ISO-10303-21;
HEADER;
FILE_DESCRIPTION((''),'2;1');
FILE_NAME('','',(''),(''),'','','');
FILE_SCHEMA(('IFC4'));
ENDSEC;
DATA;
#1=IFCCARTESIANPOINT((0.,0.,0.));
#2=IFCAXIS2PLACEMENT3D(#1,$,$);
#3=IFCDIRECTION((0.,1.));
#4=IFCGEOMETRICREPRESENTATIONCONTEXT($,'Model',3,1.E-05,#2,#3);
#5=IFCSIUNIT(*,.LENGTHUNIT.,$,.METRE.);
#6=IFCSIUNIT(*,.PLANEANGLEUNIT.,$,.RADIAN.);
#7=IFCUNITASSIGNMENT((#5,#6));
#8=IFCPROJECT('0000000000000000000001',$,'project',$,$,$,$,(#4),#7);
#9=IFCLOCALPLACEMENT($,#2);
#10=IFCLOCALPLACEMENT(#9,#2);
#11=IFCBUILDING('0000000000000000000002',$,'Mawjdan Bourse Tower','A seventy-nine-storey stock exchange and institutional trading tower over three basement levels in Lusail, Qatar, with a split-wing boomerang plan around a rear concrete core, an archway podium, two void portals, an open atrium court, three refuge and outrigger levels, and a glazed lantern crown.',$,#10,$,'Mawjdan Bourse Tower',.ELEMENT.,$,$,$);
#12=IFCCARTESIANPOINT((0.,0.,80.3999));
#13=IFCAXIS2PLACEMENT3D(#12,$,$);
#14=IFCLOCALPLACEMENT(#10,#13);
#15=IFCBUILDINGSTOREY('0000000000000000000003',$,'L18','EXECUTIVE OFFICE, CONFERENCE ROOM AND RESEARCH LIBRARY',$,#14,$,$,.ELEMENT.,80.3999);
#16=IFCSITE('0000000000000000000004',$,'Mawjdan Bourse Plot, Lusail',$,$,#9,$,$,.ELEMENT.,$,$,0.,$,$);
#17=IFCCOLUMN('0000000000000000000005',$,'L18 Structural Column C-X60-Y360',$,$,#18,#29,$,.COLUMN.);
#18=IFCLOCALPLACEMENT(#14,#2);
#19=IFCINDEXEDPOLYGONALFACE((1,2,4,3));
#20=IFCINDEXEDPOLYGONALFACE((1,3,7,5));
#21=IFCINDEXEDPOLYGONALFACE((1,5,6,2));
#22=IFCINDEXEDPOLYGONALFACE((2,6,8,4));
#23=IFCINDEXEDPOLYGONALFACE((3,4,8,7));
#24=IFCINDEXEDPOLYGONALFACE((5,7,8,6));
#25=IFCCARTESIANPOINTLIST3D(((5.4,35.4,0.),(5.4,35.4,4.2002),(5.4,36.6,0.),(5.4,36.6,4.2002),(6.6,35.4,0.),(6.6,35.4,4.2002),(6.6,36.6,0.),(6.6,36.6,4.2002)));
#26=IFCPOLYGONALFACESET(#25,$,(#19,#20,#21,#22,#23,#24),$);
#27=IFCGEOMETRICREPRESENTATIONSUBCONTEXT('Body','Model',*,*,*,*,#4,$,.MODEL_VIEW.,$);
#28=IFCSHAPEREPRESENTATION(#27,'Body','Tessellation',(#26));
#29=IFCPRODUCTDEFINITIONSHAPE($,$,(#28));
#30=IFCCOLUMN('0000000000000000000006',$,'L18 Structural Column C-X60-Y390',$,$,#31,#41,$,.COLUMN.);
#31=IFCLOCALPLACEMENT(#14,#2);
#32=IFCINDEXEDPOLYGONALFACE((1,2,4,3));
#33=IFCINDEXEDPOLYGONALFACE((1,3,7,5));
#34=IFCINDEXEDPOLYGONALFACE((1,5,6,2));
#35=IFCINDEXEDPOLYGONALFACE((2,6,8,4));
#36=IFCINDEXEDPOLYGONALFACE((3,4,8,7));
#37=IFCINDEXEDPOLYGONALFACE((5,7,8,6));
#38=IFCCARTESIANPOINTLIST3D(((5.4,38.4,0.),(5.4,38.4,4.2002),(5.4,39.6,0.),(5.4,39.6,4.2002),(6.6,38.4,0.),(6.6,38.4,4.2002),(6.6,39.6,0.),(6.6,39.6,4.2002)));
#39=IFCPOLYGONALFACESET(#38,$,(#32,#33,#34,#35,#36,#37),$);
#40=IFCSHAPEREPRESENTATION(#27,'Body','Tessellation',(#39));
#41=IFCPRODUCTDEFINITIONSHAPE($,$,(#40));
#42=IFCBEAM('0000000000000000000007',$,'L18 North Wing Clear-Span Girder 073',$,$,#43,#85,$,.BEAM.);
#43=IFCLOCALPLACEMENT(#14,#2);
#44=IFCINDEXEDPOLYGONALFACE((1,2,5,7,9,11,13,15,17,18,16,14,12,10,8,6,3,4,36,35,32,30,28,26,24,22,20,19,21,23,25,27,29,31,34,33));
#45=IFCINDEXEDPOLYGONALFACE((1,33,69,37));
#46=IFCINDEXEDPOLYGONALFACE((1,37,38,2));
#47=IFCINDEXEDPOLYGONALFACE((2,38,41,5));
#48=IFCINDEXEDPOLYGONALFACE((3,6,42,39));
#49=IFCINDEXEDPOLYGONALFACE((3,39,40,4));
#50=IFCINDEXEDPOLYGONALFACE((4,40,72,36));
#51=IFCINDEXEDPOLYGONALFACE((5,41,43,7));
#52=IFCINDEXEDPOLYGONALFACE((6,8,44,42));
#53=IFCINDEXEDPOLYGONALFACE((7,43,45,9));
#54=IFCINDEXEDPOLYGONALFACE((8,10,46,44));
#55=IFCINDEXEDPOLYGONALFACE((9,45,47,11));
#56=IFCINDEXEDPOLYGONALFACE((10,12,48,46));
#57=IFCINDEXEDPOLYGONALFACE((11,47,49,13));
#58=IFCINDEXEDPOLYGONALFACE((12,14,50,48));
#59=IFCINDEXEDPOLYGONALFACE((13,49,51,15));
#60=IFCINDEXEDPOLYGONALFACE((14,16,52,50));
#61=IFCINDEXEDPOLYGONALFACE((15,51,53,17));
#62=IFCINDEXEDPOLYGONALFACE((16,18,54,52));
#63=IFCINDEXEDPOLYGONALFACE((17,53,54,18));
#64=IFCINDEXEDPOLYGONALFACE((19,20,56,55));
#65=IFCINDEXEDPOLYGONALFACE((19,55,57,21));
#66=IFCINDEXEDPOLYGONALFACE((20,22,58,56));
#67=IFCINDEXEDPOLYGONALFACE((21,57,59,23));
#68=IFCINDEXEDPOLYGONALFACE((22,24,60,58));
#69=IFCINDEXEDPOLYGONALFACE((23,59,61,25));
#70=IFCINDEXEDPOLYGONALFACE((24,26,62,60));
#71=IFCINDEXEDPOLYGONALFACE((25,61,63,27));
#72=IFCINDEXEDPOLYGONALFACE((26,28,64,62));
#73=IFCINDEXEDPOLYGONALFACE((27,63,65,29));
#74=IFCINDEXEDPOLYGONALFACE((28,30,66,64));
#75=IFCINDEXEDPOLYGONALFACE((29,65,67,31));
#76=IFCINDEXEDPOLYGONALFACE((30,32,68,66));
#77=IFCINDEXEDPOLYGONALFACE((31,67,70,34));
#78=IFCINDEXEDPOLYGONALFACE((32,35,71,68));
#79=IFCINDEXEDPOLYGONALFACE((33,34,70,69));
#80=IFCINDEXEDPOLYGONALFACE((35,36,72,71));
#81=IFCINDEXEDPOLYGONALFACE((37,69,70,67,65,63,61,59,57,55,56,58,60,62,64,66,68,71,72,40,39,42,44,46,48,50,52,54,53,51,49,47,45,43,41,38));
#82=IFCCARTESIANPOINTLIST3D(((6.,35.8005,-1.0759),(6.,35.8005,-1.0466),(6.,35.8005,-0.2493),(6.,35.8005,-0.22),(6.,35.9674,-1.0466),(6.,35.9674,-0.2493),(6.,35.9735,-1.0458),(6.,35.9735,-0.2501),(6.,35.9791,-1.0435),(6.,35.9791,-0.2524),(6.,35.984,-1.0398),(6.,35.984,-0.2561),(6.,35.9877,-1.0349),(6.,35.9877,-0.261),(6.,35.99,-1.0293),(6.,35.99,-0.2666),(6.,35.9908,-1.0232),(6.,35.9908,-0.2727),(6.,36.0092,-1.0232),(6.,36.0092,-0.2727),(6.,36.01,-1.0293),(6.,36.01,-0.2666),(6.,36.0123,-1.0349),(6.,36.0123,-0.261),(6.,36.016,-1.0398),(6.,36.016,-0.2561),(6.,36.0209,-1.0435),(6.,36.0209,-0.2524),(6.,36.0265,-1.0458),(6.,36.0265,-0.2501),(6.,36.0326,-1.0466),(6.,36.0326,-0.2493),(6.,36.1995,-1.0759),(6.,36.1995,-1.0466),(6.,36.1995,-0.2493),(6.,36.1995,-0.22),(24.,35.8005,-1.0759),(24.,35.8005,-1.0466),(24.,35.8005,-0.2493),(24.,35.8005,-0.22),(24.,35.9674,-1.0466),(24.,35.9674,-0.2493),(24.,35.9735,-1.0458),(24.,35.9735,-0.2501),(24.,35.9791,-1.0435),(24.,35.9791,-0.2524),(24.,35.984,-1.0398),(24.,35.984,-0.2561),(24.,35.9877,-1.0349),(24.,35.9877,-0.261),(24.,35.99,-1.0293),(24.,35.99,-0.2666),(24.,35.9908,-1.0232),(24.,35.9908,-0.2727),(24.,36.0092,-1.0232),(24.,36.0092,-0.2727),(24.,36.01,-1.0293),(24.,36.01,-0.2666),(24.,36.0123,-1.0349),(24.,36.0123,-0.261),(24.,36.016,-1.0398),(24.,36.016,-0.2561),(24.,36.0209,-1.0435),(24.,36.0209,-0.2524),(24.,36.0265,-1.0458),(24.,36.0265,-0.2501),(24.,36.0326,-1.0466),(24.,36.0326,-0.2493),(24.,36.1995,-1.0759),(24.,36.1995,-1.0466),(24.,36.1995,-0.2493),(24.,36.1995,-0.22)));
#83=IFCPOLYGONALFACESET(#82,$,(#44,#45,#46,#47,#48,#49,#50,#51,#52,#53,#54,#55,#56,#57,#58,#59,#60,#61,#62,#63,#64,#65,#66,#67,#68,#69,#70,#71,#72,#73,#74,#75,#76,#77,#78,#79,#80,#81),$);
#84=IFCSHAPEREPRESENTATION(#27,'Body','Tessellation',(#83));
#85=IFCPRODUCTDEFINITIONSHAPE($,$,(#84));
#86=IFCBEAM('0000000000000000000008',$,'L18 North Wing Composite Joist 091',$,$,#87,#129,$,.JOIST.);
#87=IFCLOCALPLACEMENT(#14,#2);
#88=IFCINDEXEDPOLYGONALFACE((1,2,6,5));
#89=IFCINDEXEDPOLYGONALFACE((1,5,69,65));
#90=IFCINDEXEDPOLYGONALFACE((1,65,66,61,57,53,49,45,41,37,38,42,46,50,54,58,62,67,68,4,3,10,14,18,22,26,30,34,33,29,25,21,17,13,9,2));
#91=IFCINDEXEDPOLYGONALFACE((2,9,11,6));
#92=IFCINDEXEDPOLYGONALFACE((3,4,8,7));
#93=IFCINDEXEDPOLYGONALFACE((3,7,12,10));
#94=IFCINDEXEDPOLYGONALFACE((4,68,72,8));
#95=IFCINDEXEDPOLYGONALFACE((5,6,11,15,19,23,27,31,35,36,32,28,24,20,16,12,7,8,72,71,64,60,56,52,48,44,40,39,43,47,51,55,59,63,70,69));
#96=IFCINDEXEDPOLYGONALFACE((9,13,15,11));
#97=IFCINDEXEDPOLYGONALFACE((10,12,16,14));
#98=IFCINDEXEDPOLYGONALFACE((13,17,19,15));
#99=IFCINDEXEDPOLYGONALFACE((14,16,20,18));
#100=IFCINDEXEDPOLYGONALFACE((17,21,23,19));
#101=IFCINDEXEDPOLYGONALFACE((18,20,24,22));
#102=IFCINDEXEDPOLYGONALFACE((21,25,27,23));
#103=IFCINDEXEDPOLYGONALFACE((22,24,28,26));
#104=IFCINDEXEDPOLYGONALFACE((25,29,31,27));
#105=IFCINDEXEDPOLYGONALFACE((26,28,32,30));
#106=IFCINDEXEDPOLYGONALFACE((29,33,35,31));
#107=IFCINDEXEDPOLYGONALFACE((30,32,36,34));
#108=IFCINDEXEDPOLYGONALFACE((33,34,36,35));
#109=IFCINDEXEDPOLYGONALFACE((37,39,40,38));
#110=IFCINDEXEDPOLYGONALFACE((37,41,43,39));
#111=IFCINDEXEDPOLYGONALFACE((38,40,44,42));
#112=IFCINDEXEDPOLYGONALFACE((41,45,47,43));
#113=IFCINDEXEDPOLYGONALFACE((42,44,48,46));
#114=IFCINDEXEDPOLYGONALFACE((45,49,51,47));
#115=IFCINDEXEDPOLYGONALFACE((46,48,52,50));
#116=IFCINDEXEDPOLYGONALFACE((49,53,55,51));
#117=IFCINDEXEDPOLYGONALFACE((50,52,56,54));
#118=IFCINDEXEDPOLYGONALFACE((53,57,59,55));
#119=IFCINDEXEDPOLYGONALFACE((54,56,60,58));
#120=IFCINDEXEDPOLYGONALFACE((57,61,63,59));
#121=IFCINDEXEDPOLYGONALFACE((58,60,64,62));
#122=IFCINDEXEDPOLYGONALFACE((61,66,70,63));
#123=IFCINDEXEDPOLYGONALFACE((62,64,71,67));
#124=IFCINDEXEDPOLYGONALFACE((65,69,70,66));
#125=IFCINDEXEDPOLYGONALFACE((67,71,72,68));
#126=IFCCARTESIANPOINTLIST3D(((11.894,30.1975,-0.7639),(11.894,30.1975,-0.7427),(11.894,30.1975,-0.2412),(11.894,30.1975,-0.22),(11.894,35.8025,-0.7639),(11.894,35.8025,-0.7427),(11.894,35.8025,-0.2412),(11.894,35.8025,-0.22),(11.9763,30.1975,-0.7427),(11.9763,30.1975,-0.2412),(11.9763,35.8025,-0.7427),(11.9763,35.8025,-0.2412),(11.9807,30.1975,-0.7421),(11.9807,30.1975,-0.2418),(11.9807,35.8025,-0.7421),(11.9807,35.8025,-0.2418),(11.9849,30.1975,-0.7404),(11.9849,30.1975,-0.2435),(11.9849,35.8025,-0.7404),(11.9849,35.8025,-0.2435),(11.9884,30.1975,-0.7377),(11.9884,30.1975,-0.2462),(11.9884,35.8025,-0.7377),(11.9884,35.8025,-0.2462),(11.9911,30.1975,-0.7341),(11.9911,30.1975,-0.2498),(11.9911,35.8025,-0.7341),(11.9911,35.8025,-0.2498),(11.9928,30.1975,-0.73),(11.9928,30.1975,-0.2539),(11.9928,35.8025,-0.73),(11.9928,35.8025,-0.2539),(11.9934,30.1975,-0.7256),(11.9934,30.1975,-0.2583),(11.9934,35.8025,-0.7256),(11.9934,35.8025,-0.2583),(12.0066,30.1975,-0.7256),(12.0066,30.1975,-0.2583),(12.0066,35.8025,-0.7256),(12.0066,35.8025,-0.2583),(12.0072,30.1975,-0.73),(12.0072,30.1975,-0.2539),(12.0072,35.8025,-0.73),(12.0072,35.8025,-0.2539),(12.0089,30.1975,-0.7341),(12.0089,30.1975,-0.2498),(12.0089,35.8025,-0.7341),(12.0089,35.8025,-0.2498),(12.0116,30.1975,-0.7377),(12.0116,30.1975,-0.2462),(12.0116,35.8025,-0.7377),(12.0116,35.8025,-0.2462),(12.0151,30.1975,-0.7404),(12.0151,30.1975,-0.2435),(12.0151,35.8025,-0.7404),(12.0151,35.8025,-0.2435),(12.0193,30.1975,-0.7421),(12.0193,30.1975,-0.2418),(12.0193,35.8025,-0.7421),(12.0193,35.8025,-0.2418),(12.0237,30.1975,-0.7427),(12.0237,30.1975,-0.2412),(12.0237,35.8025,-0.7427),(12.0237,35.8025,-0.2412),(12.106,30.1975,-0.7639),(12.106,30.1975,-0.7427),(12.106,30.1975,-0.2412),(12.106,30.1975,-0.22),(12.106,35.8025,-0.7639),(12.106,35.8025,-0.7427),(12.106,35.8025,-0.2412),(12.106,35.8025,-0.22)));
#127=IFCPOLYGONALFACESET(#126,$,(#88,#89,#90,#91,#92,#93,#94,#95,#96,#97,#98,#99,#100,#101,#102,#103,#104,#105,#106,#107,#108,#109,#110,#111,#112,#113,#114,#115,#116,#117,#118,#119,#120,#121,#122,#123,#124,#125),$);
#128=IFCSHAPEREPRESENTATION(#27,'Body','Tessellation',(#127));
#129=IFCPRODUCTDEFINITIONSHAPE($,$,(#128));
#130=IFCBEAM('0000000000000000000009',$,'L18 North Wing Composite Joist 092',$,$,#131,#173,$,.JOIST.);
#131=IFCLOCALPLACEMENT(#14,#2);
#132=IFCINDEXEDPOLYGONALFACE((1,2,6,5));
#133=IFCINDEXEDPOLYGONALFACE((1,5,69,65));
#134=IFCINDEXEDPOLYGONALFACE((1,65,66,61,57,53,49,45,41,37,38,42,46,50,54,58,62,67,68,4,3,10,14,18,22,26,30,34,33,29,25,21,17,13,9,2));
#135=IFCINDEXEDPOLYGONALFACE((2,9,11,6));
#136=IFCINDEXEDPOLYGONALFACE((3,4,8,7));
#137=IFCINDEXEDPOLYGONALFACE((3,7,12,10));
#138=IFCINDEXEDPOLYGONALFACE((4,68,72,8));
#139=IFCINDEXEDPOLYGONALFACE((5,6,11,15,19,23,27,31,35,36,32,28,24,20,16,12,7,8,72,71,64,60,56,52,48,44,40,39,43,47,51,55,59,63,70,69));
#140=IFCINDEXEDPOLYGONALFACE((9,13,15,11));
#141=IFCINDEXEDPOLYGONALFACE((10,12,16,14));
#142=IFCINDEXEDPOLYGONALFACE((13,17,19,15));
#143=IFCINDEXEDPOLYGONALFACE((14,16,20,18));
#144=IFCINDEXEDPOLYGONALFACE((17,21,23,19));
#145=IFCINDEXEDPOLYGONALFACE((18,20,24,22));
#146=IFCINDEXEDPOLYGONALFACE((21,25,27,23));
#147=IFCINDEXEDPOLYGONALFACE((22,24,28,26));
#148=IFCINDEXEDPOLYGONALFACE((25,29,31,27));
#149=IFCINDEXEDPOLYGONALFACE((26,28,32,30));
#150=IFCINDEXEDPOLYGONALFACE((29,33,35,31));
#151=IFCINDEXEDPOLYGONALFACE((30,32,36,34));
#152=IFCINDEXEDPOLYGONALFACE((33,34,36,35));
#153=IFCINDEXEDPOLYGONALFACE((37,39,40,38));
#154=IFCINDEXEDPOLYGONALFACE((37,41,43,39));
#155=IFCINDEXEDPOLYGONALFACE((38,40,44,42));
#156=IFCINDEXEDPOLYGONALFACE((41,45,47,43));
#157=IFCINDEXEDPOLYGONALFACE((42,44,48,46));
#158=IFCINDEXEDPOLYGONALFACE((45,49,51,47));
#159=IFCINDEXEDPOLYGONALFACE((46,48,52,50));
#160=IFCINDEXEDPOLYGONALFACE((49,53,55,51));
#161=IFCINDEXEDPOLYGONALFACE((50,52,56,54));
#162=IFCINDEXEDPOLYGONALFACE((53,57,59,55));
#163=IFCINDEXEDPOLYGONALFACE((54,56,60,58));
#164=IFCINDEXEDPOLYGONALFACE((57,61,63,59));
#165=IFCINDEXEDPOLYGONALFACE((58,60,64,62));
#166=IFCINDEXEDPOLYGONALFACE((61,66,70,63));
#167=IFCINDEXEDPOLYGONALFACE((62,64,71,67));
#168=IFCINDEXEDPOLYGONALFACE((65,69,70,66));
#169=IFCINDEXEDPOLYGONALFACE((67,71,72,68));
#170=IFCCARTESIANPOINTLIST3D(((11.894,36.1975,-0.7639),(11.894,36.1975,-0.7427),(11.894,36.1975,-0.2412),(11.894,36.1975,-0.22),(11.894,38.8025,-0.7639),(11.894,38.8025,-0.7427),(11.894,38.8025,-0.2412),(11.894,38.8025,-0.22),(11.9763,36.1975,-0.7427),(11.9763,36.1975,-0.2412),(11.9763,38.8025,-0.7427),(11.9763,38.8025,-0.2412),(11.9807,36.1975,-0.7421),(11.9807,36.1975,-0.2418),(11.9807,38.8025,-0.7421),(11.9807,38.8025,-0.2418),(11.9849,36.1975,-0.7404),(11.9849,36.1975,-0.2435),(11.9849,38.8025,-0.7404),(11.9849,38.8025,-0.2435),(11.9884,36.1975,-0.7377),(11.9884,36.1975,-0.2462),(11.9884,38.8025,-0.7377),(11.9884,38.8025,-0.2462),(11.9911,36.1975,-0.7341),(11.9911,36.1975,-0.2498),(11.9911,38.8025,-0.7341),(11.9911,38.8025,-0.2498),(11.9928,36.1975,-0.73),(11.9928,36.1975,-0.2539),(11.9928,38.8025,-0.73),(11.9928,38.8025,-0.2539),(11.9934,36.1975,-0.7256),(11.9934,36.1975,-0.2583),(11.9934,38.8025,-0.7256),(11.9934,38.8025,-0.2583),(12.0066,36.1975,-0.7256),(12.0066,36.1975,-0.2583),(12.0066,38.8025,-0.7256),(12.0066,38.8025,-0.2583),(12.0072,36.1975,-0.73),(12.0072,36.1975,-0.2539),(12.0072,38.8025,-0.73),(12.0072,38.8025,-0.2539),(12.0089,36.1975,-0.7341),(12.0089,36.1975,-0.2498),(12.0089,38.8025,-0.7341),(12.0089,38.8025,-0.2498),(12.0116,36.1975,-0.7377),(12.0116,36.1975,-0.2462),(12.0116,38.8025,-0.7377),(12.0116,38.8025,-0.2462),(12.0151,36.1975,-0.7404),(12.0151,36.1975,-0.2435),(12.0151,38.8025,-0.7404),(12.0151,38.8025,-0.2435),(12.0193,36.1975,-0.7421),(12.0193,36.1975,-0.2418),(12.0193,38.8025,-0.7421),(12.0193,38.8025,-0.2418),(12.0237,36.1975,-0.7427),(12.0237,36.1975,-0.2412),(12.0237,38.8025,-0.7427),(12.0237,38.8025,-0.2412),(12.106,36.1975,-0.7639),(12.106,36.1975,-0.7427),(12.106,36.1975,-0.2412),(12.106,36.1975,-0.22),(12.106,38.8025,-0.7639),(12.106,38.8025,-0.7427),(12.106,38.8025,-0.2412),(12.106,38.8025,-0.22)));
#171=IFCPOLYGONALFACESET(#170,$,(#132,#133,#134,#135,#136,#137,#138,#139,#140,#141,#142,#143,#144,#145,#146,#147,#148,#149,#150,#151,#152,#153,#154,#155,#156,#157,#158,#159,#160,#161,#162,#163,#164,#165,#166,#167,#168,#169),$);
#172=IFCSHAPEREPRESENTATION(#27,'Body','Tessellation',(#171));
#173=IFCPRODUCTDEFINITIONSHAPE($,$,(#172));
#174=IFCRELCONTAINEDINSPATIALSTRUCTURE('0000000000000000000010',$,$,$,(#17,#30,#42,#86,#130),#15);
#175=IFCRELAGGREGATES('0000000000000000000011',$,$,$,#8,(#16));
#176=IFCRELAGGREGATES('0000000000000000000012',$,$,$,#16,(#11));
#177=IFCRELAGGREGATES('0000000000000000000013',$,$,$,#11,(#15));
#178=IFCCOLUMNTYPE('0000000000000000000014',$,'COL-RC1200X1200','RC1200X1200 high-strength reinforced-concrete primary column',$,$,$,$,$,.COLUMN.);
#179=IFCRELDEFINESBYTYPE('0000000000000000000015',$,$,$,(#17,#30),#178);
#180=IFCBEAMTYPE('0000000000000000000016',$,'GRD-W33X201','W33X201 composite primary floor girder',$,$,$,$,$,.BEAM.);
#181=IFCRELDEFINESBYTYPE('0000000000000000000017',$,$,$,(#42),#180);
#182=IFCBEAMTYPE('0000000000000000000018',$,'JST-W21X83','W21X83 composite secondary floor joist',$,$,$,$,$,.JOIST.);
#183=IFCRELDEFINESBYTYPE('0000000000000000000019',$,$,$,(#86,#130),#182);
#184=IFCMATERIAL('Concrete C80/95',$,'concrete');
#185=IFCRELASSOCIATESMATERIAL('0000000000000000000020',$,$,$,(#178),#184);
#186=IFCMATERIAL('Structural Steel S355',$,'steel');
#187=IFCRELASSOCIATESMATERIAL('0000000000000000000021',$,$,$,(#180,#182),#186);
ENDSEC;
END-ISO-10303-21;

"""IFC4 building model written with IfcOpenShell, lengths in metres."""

from ifc_helpers import new_model, si_unit, direction, frame, origin, origin_2d, place, context, subcontext, project, spatial, rectangle, i_section, extrude, material, material_profile, profile_set, type_object, element, save


model = new_model("IFC4")

# Units and contexts
model_context = context("Model", 3, precision=1e-05, world=origin(), true_north=direction((0.0, 1.0)))
body_context = subcontext(model_context, "Body", "Model", "MODEL_VIEW")
ifc_project = project(units=[si_unit("LENGTHUNIT", "METRE"), si_unit("PLANEANGLEUNIT", "RADIAN")], contexts=[model_context])

# Site, building, storey
site_placement = place(None, origin())
site = spatial("IfcSite", under=ifc_project, at=site_placement, Name="Mawjdan Bourse Plot, Lusail", CompositionType="ELEMENT", RefElevation=0.0)
building_placement = place(site_placement, origin())
building = spatial("IfcBuilding", under=site, at=building_placement, Name="Mawjdan Bourse Tower", Description="A seventy-nine-storey stock exchange and institutional trading tower over three basement levels in Lusail, Qatar, with a split-wing boomerang plan around a rear concrete core, an archway podium, two void portals, an open atrium court, three refuge and outrigger levels, and a glazed lantern crown.", LongName="Mawjdan Bourse Tower", CompositionType="ELEMENT")
storey_placement = place(building_placement, frame((0.0, 0.0, 80.3999)))
storey = spatial("IfcBuildingStorey", under=building, at=storey_placement, Name="L18", Description="EXECUTIVE OFFICE, CONFERENCE ROOM AND RESEARCH LIBRARY", CompositionType="ELEMENT", Elevation=80.3999)

# Columns
ifc_material_1 = material(Name="Concrete C80/95", Category="concrete")
ifc_material_profile_1 = material_profile(ifc_material_1, rectangle(XDim=1.2, YDim=1.2, at=origin_2d()), Name="RC1200X1200")
ifc_profile_set_1 = profile_set([ifc_material_profile_1], Name="Concrete C80/95")
column_type = type_object("IfcColumnType", Name="COL-RC1200X1200", Description="RC1200X1200 high-strength reinforced-concrete primary column", PredefinedType="COLUMN", material=ifc_profile_set_1)
for number, where, z_axis, x_axis, name in (
    (1, (6.0, 36.0, 0.0), (0.0, 0.0, 1.0), (1.0, 0.0, 0.0), "L18 Structural Column C-X60-Y360"),
    (2, (6.0, 39.0, 0.0), (0.0, 0.0, 1.0), (1.0, 0.0, 0.0), "L18 Structural Column C-X60-Y390"),
):
    element("IfcColumn", number, at=place(storey_placement, frame(where, z_axis=z_axis, x_axis=x_axis)), inside=storey, type_object=column_type, Name=name, PredefinedType="COLUMN", context=body_context, shape_type="SweptSolid", body=[
        extrude(rectangle(XDim=1.2, YDim=1.2, at=origin_2d()), origin(), (0.0, 0.0, 1.0), 4.2002),
    ])

# Beams
ifc_material_2 = material(Name="Structural Steel S355", Category="steel")
ifc_material_profile_2 = material_profile(ifc_material_2, i_section(OverallWidth=0.3989, OverallDepth=0.856, WebThickness=0.0183, FlangeThickness=0.0293, FilletRadius=0.0234, at=origin_2d()), Name="W33X201")
ifc_profile_set_2 = profile_set([ifc_material_profile_2], Name="Structural Steel S355")
beam_type_1 = type_object("IfcBeamType", Name="GRD-W33X201", Description="W33X201 composite primary floor girder", PredefinedType="BEAM", material=ifc_profile_set_2)
beam_1_placement = place(storey_placement, frame((6.0, 36.0, -0.6479), z_axis=(1.0, 0.0, 0.0), x_axis=(0.0, 1.0, 0.0)))
element("IfcBeam", 3, at=beam_1_placement, inside=storey, type_object=beam_type_1, Name="L18 North Wing Clear-Span Girder 073", PredefinedType="BEAM", context=body_context, shape_type="SweptSolid", body=[
    extrude(i_section(OverallWidth=0.3989, OverallDepth=0.856, WebThickness=0.0183, FlangeThickness=0.0293, FilletRadius=0.0234, at=origin_2d()), origin(), (0.0, 0.0, 1.0), 18.0),
])
ifc_material_profile_3 = material_profile(ifc_material_2, i_section(OverallWidth=0.2119, OverallDepth=0.5439, WebThickness=0.0132, FlangeThickness=0.0212, FilletRadius=0.0171, at=origin_2d()), Name="W21X83")
ifc_profile_set_3 = profile_set([ifc_material_profile_3], Name="Structural Steel S355")
beam_type_2 = type_object("IfcBeamType", Name="JST-W21X83", Description="W21X83 composite secondary floor joist", PredefinedType="JOIST", material=ifc_profile_set_3)
beam_2_placement = place(storey_placement, frame((12.0, 30.1975, -0.4919), z_axis=(0.0, 1.0, 0.0), x_axis=(-1.0, 0.0, 0.0)))
element("IfcBeam", 4, at=beam_2_placement, inside=storey, type_object=beam_type_2, Name="L18 North Wing Composite Joist 091", PredefinedType="JOIST", context=body_context, shape_type="SweptSolid", body=[
    extrude(i_section(OverallWidth=0.2119, OverallDepth=0.5439, WebThickness=0.0132, FlangeThickness=0.0212, FilletRadius=0.0171, at=origin_2d()), origin(), (0.0, 0.0, 1.0), 5.605),
])
beam_3_placement = place(storey_placement, frame((12.0, 36.1975, -0.4919), z_axis=(0.0, 1.0, 0.0), x_axis=(-1.0, 0.0, 0.0)))
element("IfcBeam", 5, at=beam_3_placement, inside=storey, type_object=beam_type_2, Name="L18 North Wing Composite Joist 092", PredefinedType="JOIST", context=body_context, shape_type="SweptSolid", body=[
    extrude(i_section(OverallWidth=0.2119, OverallDepth=0.5439, WebThickness=0.0132, FlangeThickness=0.0212, FilletRadius=0.0171, at=origin_2d()), origin(), (0.0, 0.0, 1.0), 2.605),
])

save(model, "model.ifc")
